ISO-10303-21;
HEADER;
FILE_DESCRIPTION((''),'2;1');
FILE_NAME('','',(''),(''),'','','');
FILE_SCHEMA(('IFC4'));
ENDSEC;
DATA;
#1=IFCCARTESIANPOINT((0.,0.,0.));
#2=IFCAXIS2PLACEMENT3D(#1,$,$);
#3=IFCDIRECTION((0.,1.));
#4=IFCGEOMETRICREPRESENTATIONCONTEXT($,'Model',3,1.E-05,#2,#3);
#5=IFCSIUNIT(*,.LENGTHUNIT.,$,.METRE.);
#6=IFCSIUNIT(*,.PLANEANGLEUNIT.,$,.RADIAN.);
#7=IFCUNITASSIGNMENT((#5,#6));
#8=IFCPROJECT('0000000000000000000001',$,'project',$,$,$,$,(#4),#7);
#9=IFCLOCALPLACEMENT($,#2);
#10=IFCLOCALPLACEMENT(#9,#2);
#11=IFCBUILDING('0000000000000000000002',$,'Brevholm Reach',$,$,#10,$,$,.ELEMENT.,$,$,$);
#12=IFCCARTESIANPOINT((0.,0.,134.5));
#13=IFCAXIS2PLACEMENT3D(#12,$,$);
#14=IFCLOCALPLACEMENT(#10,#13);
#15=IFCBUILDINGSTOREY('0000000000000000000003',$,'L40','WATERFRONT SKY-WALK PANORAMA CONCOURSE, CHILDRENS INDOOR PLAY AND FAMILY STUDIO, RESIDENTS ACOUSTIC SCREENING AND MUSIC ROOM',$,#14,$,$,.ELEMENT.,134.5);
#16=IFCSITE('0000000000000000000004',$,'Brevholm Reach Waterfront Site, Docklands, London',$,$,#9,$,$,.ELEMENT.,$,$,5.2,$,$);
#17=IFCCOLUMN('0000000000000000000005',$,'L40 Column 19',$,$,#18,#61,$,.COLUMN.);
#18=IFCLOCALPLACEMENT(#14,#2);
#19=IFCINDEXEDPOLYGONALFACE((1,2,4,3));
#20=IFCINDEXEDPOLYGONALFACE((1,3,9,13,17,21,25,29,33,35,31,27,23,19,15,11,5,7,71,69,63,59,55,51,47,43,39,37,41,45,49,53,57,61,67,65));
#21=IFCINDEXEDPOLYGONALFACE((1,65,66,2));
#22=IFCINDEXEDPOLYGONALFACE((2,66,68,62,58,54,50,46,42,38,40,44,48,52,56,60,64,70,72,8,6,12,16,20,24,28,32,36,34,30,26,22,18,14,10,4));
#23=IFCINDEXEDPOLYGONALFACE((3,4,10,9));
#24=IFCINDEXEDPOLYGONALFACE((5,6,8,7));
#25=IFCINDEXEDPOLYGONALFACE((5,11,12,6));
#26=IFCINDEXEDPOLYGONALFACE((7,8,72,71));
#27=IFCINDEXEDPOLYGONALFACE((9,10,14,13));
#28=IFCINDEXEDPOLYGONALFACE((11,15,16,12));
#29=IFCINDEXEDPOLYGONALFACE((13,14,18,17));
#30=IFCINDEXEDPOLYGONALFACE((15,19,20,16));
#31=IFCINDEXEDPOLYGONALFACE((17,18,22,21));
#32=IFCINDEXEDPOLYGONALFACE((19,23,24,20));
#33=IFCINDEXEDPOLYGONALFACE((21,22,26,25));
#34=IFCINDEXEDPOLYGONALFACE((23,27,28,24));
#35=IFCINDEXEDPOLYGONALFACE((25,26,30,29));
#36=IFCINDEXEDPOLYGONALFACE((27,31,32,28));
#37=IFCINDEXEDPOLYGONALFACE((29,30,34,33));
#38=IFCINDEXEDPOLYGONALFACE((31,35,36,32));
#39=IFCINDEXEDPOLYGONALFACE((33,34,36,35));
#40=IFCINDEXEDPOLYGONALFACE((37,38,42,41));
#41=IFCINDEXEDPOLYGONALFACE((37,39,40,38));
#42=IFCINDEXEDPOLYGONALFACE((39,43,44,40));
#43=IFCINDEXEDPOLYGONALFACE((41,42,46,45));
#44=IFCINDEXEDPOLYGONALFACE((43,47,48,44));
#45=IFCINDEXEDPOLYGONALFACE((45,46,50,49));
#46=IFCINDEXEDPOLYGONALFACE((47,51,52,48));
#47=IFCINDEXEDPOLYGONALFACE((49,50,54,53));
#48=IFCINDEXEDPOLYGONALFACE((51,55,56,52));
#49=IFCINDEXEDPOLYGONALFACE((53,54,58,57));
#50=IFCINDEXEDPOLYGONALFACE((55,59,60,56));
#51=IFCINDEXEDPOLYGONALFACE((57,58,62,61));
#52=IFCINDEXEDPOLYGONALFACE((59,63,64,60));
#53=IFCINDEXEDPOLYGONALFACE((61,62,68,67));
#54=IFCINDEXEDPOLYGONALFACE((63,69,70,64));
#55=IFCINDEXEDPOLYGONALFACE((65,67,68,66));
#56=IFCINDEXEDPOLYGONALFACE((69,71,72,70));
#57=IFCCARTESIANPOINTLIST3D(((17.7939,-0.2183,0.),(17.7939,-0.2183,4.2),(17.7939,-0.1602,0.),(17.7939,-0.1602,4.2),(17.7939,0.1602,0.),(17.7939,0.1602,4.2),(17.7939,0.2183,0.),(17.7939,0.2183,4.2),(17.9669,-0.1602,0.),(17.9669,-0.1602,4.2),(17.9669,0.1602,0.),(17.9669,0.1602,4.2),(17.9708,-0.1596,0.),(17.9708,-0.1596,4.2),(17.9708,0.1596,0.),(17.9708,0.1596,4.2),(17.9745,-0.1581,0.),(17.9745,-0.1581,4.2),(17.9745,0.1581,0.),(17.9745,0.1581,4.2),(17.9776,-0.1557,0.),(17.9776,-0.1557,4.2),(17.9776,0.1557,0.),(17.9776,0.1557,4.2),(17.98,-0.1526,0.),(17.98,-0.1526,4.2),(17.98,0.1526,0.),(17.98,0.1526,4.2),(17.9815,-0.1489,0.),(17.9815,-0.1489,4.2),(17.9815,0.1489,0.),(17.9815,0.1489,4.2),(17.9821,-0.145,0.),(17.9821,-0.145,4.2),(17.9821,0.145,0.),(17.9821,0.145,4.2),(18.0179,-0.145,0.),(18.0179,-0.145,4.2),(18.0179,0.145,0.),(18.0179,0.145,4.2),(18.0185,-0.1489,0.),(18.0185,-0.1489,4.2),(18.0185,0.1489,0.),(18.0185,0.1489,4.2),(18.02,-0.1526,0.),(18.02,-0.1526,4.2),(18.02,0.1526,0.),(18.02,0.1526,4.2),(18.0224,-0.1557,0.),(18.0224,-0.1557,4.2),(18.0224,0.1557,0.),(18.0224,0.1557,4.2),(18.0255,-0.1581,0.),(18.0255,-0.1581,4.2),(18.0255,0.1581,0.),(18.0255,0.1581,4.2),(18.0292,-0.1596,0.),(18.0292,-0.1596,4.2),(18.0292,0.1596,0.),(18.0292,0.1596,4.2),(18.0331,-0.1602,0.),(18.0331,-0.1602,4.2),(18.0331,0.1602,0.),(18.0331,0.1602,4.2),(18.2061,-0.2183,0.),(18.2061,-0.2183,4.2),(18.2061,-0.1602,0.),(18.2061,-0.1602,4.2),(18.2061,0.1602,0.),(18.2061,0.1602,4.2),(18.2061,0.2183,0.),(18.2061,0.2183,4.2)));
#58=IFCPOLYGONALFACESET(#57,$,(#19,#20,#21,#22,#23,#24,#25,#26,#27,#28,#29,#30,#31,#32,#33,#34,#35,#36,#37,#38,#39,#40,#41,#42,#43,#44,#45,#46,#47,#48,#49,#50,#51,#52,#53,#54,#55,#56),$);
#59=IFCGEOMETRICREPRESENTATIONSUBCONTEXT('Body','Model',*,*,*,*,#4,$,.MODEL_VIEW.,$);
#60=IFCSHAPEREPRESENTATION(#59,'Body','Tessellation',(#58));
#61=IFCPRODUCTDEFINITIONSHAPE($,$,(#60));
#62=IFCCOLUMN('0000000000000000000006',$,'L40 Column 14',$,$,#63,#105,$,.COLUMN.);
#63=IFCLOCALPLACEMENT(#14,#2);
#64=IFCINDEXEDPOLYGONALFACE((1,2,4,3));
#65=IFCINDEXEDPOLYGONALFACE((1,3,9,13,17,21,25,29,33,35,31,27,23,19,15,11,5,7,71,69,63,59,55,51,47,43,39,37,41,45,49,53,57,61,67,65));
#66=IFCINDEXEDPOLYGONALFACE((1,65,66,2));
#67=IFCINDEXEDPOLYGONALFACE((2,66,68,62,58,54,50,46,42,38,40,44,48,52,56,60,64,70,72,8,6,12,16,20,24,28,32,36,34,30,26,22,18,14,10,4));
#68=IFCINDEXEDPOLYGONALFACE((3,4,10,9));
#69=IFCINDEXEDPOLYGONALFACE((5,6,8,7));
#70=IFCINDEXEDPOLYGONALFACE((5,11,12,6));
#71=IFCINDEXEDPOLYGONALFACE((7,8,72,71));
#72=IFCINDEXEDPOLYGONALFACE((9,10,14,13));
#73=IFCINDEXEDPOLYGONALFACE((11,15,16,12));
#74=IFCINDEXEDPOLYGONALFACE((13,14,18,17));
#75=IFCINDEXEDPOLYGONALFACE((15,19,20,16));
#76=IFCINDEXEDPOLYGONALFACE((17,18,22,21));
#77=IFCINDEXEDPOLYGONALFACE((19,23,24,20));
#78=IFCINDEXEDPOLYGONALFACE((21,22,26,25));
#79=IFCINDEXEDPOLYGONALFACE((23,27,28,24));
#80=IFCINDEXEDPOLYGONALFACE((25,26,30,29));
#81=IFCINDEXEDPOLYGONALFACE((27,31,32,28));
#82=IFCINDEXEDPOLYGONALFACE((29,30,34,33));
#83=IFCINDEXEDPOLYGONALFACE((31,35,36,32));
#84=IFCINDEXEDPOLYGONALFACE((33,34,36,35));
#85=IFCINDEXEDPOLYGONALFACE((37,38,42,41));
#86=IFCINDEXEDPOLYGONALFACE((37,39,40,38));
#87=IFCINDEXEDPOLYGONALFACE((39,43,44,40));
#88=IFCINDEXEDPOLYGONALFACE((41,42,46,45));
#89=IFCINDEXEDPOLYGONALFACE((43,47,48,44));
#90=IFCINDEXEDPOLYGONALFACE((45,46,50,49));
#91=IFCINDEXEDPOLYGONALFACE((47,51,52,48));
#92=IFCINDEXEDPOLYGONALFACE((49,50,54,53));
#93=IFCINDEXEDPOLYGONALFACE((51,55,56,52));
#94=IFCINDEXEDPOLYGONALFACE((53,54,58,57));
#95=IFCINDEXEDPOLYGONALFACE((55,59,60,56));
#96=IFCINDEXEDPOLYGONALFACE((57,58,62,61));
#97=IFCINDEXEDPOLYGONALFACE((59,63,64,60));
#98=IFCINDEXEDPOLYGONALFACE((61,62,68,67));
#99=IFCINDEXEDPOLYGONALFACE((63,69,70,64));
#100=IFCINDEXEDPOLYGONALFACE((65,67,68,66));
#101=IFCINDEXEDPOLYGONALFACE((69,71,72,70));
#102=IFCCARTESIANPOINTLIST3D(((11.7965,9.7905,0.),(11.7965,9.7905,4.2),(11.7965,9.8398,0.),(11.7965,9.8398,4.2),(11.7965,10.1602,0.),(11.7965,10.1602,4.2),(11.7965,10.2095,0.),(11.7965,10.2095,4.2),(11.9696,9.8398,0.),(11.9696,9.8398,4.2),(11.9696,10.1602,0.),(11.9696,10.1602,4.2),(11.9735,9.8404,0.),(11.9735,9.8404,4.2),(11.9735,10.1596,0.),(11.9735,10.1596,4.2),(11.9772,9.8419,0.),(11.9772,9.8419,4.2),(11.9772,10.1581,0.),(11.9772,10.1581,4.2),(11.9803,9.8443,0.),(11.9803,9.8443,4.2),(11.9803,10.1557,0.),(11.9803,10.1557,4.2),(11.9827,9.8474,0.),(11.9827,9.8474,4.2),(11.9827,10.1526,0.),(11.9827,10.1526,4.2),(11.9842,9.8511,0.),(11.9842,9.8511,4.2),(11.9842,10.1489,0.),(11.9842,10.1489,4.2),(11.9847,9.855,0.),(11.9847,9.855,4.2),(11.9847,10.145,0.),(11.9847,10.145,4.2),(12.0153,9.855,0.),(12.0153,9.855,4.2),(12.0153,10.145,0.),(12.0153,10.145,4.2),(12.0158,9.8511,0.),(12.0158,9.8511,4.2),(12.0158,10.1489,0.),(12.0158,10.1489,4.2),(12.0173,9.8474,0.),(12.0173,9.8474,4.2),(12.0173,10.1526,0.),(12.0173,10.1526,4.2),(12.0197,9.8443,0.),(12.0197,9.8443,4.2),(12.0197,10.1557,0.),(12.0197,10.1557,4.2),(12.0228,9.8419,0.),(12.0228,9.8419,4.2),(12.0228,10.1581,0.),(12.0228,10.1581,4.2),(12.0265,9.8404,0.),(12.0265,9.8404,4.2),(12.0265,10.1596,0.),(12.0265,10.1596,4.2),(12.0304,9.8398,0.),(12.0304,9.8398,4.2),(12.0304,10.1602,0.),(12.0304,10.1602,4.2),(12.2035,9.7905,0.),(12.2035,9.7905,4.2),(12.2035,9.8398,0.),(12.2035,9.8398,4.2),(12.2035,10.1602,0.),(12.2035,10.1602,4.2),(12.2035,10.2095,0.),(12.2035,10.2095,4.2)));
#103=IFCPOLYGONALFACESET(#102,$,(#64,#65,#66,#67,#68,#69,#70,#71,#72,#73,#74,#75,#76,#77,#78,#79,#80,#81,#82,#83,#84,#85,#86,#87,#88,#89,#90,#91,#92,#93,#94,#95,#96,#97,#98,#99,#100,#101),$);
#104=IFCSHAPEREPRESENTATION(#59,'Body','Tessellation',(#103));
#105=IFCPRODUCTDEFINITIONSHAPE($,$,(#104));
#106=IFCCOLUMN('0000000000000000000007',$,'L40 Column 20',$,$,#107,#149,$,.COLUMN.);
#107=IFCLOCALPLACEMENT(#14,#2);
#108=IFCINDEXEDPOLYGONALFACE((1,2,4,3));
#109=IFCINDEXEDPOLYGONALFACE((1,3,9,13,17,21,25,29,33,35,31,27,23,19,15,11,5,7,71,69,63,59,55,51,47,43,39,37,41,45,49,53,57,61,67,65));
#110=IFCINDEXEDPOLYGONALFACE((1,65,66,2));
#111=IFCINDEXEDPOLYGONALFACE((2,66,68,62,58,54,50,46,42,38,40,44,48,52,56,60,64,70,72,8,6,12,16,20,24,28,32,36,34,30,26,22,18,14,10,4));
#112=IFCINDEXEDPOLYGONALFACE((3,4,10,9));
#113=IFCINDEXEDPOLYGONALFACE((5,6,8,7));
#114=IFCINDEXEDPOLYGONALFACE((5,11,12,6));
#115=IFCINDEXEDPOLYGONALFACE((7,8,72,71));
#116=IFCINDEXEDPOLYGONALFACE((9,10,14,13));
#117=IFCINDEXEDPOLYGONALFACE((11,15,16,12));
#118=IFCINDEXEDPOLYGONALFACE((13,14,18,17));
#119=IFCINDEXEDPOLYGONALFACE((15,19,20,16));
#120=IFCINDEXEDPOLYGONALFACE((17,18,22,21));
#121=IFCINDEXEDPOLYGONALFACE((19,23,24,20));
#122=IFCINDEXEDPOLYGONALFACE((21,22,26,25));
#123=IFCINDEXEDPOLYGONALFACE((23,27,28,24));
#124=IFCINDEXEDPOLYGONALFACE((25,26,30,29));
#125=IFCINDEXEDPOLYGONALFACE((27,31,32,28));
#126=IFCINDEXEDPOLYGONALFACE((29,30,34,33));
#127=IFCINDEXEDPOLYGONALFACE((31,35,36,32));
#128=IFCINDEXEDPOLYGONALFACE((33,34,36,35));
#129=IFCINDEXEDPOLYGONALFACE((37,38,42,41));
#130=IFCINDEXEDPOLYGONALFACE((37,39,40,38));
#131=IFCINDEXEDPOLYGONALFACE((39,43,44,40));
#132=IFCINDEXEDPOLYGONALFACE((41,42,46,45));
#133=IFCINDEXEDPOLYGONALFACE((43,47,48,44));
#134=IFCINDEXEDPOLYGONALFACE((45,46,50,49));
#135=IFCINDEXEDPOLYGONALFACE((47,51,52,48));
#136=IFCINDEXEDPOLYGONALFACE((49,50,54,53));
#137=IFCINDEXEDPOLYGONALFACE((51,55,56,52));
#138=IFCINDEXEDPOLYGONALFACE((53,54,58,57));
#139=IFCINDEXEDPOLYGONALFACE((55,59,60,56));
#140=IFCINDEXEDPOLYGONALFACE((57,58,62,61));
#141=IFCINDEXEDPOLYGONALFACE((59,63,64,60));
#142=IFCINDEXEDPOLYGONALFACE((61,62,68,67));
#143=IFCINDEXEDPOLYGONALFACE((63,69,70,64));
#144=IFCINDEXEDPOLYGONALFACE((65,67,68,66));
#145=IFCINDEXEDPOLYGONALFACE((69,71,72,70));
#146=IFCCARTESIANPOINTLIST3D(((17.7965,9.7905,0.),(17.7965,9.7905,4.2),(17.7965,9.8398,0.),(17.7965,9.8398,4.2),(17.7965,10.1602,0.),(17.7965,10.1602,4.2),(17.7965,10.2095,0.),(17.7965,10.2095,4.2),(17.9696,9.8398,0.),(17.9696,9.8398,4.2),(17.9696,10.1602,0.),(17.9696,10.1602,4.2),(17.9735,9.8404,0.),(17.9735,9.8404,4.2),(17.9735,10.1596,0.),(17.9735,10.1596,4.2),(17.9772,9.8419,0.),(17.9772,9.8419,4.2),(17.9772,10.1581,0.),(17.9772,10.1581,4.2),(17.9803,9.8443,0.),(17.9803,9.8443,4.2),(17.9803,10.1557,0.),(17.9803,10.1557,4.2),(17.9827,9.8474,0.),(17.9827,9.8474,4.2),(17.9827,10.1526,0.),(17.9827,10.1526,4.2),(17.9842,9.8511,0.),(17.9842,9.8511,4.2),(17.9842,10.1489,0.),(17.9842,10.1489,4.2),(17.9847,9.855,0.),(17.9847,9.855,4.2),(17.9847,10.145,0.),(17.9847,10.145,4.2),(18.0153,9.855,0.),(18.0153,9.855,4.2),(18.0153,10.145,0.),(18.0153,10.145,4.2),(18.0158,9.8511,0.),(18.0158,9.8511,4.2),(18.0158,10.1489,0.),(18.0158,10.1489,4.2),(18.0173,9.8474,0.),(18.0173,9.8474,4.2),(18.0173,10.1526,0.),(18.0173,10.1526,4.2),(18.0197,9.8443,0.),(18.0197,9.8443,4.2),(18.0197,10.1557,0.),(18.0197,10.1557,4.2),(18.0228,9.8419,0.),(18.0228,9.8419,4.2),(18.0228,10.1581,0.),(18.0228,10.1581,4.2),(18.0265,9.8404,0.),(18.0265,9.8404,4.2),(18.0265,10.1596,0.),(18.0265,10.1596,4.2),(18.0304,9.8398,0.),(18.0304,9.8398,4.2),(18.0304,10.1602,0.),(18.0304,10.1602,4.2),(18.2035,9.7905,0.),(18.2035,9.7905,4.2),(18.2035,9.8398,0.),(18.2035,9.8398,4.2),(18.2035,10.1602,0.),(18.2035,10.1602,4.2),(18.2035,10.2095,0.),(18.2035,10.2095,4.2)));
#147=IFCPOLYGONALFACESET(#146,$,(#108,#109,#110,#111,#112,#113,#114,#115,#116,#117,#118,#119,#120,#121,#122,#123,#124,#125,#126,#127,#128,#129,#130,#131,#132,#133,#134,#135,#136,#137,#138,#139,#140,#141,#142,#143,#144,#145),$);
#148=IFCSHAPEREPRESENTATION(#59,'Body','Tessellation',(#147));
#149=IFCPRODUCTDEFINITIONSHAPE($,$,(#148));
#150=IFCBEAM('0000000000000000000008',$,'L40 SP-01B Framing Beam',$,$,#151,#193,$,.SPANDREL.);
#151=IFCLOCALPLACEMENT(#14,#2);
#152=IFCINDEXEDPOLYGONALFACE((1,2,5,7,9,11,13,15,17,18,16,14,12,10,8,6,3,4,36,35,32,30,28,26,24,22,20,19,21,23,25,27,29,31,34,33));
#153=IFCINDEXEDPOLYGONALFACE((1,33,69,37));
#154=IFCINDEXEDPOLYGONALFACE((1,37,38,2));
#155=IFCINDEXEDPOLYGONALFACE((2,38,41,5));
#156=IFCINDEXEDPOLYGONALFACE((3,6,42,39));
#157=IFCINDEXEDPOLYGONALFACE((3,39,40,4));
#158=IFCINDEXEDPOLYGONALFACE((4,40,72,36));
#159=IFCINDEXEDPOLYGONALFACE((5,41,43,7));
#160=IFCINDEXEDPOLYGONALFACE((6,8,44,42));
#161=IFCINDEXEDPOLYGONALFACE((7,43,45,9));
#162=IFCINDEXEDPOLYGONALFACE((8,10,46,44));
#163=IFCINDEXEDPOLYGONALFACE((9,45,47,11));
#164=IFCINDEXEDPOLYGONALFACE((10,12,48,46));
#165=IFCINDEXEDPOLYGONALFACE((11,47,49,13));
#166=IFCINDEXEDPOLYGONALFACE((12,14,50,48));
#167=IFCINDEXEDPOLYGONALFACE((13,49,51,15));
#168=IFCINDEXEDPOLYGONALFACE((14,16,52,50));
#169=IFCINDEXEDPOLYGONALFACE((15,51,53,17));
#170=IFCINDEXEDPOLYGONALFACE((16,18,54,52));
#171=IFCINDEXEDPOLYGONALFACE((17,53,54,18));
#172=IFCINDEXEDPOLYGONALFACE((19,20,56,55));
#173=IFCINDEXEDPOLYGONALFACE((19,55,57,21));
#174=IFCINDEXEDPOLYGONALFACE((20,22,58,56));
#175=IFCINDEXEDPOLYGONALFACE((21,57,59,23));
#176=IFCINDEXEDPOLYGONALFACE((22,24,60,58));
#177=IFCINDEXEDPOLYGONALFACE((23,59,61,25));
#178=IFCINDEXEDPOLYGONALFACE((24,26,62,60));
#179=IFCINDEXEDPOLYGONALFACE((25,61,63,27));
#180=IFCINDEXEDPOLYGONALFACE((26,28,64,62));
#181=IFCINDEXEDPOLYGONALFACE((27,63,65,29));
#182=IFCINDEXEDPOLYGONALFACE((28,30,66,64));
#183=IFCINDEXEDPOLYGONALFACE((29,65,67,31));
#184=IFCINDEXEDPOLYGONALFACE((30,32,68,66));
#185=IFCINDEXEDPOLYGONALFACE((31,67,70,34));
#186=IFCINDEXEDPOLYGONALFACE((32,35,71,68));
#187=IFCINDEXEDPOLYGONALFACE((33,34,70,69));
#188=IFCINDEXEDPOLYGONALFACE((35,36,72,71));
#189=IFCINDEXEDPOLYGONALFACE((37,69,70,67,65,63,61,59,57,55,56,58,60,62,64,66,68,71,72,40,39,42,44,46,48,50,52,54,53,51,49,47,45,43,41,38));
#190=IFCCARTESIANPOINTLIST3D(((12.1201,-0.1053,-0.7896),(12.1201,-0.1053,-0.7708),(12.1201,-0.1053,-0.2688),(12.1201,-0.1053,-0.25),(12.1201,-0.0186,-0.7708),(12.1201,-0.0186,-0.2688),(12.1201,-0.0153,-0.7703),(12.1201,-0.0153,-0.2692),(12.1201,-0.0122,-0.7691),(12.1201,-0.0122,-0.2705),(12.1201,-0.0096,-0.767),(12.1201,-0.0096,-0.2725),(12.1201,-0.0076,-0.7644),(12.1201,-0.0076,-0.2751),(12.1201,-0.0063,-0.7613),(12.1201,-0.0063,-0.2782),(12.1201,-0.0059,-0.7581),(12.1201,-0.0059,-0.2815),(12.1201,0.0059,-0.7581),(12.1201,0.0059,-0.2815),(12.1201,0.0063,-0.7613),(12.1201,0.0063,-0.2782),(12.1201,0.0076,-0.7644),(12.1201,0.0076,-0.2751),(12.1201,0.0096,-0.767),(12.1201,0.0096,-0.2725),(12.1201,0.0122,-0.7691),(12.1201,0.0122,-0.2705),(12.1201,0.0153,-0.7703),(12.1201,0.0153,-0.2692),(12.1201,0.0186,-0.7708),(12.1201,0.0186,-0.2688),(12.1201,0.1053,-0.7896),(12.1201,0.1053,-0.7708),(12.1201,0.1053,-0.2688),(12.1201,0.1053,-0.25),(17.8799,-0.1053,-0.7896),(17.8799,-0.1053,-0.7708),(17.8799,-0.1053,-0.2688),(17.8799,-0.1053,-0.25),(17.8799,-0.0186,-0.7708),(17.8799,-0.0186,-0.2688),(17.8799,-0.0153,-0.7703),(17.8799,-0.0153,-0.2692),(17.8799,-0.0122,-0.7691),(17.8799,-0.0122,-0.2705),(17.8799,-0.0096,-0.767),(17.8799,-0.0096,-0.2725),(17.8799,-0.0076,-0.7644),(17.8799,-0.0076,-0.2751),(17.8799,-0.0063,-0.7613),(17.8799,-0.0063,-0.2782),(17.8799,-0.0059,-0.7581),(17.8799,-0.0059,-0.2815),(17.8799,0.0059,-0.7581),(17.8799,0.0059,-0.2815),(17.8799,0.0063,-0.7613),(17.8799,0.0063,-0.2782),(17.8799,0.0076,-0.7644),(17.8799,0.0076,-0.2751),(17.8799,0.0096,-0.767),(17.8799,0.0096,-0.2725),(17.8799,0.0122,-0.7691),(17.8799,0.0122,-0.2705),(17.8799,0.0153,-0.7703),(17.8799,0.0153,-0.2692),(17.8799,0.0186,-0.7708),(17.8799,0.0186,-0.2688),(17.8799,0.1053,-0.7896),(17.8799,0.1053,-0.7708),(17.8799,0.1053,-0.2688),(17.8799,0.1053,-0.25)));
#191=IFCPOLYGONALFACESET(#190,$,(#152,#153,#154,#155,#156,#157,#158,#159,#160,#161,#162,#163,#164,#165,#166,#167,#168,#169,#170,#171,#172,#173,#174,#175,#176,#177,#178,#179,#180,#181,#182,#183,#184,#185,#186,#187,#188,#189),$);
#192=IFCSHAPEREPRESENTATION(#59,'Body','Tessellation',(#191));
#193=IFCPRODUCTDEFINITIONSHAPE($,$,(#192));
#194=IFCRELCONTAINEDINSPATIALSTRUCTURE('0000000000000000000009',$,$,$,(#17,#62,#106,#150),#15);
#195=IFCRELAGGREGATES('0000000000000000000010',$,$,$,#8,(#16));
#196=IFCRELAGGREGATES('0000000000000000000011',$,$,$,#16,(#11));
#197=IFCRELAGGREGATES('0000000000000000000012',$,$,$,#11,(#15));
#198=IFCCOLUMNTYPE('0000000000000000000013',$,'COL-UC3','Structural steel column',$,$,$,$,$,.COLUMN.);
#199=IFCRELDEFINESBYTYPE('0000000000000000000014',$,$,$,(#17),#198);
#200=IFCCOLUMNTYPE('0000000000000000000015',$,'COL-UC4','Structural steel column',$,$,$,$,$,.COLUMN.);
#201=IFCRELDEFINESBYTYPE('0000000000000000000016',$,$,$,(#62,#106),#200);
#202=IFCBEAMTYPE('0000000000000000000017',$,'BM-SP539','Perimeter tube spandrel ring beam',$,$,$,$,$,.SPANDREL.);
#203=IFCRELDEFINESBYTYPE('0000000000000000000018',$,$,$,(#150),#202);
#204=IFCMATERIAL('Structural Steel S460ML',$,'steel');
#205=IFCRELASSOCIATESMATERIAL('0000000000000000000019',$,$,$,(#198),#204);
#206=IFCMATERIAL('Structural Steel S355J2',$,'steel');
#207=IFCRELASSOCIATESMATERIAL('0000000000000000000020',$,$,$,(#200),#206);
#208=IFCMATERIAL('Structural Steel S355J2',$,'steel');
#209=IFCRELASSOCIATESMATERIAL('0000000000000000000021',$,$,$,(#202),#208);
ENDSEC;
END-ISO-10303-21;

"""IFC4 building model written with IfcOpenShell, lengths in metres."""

from ifc_helpers import new_model, si_unit, direction, frame, origin, origin_2d, place, context, subcontext, project, spatial, i_section, extrude, material, material_profile, profile_set, type_object, element, save


model = new_model("IFC4")

# Units and contexts
model_context = context("Model", 3, precision=1e-05, world=origin(), true_north=direction((0.0, 1.0)))
body_context = subcontext(model_context, "Body", "Model", "MODEL_VIEW")
ifc_project = project(units=[si_unit("LENGTHUNIT", "METRE"), si_unit("PLANEANGLEUNIT", "RADIAN")], contexts=[model_context])

# Site, building, storey
site_placement = place(None, origin())
site = spatial("IfcSite", under=ifc_project, at=site_placement, Name="Brevholm Reach Waterfront Site, Docklands, London", CompositionType="ELEMENT", RefElevation=5.2)
building_placement = place(site_placement, origin())
building = spatial("IfcBuilding", under=site, at=building_placement, Name="Brevholm Reach", CompositionType="ELEMENT")
storey_placement = place(building_placement, frame((0.0, 0.0, 134.5)))
storey = spatial("IfcBuildingStorey", under=building, at=storey_placement, Name="L40", Description="WATERFRONT SKY-WALK PANORAMA CONCOURSE, CHILDRENS INDOOR PLAY AND FAMILY STUDIO, RESIDENTS ACOUSTIC SCREENING AND MUSIC ROOM", CompositionType="ELEMENT", Elevation=134.5)

# Columns
ifc_material_1 = material(Name="Structural Steel S460ML", Category="steel")
ifc_material_profile_1 = material_profile(ifc_material_1, i_section(OverallWidth=0.4121, OverallDepth=0.4365, WebThickness=0.0359, FlangeThickness=0.0581, FilletRadius=0.0151, at=origin_2d()), Name="UKC 356x406x467")
ifc_profile_set_1 = profile_set([ifc_material_profile_1], Name="Structural Steel S460ML")
column_type_1 = type_object("IfcColumnType", Name="COL-UC3", Description="Structural steel column", PredefinedType="COLUMN", material=ifc_profile_set_1)
column_placement = place(storey_placement, frame((18.0, 0.0, 0.0), z_axis=(0.0, 0.0, 1.0), x_axis=(1.0, 0.0, 0.0)))
element("IfcColumn", 1, at=column_placement, inside=storey, type_object=column_type_1, Name="L40 Column 19", PredefinedType="COLUMN", context=body_context, shape_type="SweptSolid", body=[
    extrude(i_section(OverallWidth=0.4121, OverallDepth=0.4365, WebThickness=0.0359, FlangeThickness=0.0581, FilletRadius=0.0151, at=origin_2d()), origin(), (0.0, 0.0, 1.0), 4.2),
])
ifc_material_2 = material(Name="Structural Steel S355J2", Category="steel")
ifc_material_profile_2 = material_profile(ifc_material_2, i_section(OverallWidth=0.407, OverallDepth=0.4189, WebThickness=0.0305, FlangeThickness=0.0493, FilletRadius=0.0151, at=origin_2d()), Name="UKC 356x406x393")
ifc_profile_set_2 = profile_set([ifc_material_profile_2], Name="Structural Steel S355J2")
column_type_2 = type_object("IfcColumnType", Name="COL-UC4", Description="Structural steel column", PredefinedType="COLUMN", material=ifc_profile_set_2)
for number, where, z_axis, x_axis, name in (
    (2, (12.0, 10.0, 0.0), (0.0, 0.0, 1.0), (1.0, 0.0, 0.0), "L40 Column 14"),
    (3, (18.0, 10.0, 0.0), (0.0, 0.0, 1.0), (1.0, 0.0, 0.0), "L40 Column 20"),
):
    element("IfcColumn", number, at=place(storey_placement, frame(where, z_axis=z_axis, x_axis=x_axis)), inside=storey, type_object=column_type_2, Name=name, PredefinedType="COLUMN", context=body_context, shape_type="SweptSolid", body=[
        extrude(i_section(OverallWidth=0.407, OverallDepth=0.4189, WebThickness=0.0305, FlangeThickness=0.0493, FilletRadius=0.0151, at=origin_2d()), origin(), (0.0, 0.0, 1.0), 4.2),
    ])

# Beam
ifc_material_3 = material(Name="Structural Steel S355J2", Category="steel")
ifc_material_profile_3 = material_profile(ifc_material_3, i_section(OverallWidth=0.2107, OverallDepth=0.5396, WebThickness=0.0117, FlangeThickness=0.0188, FilletRadius=0.0127, at=origin_2d()), Name="UKB 533x210x109")
ifc_profile_set_3 = profile_set([ifc_material_profile_3], Name="Structural Steel S355J2")
beam_type_1 = type_object("IfcBeamType", Name="BM-SP539", Description="Perimeter tube spandrel ring beam", PredefinedType="SPANDREL", material=ifc_profile_set_3)
beam_1_placement = place(storey_placement, frame((12.1201, 0.0, -0.5198), z_axis=(1.0, 0.0, 0.0), x_axis=(0.0, 1.0, 0.0)))
element("IfcBeam", 4, at=beam_1_placement, inside=storey, type_object=beam_type_1, Name="L40 SP-01B Framing Beam", PredefinedType="SPANDREL", context=body_context, shape_type="SweptSolid", body=[
    extrude(i_section(OverallWidth=0.2107, OverallDepth=0.5396, WebThickness=0.0117, FlangeThickness=0.0188, FilletRadius=0.0127, at=origin_2d()), origin(), (0.0, 0.0, 1.0), 5.7598),
])

save(model, "model.ifc")
